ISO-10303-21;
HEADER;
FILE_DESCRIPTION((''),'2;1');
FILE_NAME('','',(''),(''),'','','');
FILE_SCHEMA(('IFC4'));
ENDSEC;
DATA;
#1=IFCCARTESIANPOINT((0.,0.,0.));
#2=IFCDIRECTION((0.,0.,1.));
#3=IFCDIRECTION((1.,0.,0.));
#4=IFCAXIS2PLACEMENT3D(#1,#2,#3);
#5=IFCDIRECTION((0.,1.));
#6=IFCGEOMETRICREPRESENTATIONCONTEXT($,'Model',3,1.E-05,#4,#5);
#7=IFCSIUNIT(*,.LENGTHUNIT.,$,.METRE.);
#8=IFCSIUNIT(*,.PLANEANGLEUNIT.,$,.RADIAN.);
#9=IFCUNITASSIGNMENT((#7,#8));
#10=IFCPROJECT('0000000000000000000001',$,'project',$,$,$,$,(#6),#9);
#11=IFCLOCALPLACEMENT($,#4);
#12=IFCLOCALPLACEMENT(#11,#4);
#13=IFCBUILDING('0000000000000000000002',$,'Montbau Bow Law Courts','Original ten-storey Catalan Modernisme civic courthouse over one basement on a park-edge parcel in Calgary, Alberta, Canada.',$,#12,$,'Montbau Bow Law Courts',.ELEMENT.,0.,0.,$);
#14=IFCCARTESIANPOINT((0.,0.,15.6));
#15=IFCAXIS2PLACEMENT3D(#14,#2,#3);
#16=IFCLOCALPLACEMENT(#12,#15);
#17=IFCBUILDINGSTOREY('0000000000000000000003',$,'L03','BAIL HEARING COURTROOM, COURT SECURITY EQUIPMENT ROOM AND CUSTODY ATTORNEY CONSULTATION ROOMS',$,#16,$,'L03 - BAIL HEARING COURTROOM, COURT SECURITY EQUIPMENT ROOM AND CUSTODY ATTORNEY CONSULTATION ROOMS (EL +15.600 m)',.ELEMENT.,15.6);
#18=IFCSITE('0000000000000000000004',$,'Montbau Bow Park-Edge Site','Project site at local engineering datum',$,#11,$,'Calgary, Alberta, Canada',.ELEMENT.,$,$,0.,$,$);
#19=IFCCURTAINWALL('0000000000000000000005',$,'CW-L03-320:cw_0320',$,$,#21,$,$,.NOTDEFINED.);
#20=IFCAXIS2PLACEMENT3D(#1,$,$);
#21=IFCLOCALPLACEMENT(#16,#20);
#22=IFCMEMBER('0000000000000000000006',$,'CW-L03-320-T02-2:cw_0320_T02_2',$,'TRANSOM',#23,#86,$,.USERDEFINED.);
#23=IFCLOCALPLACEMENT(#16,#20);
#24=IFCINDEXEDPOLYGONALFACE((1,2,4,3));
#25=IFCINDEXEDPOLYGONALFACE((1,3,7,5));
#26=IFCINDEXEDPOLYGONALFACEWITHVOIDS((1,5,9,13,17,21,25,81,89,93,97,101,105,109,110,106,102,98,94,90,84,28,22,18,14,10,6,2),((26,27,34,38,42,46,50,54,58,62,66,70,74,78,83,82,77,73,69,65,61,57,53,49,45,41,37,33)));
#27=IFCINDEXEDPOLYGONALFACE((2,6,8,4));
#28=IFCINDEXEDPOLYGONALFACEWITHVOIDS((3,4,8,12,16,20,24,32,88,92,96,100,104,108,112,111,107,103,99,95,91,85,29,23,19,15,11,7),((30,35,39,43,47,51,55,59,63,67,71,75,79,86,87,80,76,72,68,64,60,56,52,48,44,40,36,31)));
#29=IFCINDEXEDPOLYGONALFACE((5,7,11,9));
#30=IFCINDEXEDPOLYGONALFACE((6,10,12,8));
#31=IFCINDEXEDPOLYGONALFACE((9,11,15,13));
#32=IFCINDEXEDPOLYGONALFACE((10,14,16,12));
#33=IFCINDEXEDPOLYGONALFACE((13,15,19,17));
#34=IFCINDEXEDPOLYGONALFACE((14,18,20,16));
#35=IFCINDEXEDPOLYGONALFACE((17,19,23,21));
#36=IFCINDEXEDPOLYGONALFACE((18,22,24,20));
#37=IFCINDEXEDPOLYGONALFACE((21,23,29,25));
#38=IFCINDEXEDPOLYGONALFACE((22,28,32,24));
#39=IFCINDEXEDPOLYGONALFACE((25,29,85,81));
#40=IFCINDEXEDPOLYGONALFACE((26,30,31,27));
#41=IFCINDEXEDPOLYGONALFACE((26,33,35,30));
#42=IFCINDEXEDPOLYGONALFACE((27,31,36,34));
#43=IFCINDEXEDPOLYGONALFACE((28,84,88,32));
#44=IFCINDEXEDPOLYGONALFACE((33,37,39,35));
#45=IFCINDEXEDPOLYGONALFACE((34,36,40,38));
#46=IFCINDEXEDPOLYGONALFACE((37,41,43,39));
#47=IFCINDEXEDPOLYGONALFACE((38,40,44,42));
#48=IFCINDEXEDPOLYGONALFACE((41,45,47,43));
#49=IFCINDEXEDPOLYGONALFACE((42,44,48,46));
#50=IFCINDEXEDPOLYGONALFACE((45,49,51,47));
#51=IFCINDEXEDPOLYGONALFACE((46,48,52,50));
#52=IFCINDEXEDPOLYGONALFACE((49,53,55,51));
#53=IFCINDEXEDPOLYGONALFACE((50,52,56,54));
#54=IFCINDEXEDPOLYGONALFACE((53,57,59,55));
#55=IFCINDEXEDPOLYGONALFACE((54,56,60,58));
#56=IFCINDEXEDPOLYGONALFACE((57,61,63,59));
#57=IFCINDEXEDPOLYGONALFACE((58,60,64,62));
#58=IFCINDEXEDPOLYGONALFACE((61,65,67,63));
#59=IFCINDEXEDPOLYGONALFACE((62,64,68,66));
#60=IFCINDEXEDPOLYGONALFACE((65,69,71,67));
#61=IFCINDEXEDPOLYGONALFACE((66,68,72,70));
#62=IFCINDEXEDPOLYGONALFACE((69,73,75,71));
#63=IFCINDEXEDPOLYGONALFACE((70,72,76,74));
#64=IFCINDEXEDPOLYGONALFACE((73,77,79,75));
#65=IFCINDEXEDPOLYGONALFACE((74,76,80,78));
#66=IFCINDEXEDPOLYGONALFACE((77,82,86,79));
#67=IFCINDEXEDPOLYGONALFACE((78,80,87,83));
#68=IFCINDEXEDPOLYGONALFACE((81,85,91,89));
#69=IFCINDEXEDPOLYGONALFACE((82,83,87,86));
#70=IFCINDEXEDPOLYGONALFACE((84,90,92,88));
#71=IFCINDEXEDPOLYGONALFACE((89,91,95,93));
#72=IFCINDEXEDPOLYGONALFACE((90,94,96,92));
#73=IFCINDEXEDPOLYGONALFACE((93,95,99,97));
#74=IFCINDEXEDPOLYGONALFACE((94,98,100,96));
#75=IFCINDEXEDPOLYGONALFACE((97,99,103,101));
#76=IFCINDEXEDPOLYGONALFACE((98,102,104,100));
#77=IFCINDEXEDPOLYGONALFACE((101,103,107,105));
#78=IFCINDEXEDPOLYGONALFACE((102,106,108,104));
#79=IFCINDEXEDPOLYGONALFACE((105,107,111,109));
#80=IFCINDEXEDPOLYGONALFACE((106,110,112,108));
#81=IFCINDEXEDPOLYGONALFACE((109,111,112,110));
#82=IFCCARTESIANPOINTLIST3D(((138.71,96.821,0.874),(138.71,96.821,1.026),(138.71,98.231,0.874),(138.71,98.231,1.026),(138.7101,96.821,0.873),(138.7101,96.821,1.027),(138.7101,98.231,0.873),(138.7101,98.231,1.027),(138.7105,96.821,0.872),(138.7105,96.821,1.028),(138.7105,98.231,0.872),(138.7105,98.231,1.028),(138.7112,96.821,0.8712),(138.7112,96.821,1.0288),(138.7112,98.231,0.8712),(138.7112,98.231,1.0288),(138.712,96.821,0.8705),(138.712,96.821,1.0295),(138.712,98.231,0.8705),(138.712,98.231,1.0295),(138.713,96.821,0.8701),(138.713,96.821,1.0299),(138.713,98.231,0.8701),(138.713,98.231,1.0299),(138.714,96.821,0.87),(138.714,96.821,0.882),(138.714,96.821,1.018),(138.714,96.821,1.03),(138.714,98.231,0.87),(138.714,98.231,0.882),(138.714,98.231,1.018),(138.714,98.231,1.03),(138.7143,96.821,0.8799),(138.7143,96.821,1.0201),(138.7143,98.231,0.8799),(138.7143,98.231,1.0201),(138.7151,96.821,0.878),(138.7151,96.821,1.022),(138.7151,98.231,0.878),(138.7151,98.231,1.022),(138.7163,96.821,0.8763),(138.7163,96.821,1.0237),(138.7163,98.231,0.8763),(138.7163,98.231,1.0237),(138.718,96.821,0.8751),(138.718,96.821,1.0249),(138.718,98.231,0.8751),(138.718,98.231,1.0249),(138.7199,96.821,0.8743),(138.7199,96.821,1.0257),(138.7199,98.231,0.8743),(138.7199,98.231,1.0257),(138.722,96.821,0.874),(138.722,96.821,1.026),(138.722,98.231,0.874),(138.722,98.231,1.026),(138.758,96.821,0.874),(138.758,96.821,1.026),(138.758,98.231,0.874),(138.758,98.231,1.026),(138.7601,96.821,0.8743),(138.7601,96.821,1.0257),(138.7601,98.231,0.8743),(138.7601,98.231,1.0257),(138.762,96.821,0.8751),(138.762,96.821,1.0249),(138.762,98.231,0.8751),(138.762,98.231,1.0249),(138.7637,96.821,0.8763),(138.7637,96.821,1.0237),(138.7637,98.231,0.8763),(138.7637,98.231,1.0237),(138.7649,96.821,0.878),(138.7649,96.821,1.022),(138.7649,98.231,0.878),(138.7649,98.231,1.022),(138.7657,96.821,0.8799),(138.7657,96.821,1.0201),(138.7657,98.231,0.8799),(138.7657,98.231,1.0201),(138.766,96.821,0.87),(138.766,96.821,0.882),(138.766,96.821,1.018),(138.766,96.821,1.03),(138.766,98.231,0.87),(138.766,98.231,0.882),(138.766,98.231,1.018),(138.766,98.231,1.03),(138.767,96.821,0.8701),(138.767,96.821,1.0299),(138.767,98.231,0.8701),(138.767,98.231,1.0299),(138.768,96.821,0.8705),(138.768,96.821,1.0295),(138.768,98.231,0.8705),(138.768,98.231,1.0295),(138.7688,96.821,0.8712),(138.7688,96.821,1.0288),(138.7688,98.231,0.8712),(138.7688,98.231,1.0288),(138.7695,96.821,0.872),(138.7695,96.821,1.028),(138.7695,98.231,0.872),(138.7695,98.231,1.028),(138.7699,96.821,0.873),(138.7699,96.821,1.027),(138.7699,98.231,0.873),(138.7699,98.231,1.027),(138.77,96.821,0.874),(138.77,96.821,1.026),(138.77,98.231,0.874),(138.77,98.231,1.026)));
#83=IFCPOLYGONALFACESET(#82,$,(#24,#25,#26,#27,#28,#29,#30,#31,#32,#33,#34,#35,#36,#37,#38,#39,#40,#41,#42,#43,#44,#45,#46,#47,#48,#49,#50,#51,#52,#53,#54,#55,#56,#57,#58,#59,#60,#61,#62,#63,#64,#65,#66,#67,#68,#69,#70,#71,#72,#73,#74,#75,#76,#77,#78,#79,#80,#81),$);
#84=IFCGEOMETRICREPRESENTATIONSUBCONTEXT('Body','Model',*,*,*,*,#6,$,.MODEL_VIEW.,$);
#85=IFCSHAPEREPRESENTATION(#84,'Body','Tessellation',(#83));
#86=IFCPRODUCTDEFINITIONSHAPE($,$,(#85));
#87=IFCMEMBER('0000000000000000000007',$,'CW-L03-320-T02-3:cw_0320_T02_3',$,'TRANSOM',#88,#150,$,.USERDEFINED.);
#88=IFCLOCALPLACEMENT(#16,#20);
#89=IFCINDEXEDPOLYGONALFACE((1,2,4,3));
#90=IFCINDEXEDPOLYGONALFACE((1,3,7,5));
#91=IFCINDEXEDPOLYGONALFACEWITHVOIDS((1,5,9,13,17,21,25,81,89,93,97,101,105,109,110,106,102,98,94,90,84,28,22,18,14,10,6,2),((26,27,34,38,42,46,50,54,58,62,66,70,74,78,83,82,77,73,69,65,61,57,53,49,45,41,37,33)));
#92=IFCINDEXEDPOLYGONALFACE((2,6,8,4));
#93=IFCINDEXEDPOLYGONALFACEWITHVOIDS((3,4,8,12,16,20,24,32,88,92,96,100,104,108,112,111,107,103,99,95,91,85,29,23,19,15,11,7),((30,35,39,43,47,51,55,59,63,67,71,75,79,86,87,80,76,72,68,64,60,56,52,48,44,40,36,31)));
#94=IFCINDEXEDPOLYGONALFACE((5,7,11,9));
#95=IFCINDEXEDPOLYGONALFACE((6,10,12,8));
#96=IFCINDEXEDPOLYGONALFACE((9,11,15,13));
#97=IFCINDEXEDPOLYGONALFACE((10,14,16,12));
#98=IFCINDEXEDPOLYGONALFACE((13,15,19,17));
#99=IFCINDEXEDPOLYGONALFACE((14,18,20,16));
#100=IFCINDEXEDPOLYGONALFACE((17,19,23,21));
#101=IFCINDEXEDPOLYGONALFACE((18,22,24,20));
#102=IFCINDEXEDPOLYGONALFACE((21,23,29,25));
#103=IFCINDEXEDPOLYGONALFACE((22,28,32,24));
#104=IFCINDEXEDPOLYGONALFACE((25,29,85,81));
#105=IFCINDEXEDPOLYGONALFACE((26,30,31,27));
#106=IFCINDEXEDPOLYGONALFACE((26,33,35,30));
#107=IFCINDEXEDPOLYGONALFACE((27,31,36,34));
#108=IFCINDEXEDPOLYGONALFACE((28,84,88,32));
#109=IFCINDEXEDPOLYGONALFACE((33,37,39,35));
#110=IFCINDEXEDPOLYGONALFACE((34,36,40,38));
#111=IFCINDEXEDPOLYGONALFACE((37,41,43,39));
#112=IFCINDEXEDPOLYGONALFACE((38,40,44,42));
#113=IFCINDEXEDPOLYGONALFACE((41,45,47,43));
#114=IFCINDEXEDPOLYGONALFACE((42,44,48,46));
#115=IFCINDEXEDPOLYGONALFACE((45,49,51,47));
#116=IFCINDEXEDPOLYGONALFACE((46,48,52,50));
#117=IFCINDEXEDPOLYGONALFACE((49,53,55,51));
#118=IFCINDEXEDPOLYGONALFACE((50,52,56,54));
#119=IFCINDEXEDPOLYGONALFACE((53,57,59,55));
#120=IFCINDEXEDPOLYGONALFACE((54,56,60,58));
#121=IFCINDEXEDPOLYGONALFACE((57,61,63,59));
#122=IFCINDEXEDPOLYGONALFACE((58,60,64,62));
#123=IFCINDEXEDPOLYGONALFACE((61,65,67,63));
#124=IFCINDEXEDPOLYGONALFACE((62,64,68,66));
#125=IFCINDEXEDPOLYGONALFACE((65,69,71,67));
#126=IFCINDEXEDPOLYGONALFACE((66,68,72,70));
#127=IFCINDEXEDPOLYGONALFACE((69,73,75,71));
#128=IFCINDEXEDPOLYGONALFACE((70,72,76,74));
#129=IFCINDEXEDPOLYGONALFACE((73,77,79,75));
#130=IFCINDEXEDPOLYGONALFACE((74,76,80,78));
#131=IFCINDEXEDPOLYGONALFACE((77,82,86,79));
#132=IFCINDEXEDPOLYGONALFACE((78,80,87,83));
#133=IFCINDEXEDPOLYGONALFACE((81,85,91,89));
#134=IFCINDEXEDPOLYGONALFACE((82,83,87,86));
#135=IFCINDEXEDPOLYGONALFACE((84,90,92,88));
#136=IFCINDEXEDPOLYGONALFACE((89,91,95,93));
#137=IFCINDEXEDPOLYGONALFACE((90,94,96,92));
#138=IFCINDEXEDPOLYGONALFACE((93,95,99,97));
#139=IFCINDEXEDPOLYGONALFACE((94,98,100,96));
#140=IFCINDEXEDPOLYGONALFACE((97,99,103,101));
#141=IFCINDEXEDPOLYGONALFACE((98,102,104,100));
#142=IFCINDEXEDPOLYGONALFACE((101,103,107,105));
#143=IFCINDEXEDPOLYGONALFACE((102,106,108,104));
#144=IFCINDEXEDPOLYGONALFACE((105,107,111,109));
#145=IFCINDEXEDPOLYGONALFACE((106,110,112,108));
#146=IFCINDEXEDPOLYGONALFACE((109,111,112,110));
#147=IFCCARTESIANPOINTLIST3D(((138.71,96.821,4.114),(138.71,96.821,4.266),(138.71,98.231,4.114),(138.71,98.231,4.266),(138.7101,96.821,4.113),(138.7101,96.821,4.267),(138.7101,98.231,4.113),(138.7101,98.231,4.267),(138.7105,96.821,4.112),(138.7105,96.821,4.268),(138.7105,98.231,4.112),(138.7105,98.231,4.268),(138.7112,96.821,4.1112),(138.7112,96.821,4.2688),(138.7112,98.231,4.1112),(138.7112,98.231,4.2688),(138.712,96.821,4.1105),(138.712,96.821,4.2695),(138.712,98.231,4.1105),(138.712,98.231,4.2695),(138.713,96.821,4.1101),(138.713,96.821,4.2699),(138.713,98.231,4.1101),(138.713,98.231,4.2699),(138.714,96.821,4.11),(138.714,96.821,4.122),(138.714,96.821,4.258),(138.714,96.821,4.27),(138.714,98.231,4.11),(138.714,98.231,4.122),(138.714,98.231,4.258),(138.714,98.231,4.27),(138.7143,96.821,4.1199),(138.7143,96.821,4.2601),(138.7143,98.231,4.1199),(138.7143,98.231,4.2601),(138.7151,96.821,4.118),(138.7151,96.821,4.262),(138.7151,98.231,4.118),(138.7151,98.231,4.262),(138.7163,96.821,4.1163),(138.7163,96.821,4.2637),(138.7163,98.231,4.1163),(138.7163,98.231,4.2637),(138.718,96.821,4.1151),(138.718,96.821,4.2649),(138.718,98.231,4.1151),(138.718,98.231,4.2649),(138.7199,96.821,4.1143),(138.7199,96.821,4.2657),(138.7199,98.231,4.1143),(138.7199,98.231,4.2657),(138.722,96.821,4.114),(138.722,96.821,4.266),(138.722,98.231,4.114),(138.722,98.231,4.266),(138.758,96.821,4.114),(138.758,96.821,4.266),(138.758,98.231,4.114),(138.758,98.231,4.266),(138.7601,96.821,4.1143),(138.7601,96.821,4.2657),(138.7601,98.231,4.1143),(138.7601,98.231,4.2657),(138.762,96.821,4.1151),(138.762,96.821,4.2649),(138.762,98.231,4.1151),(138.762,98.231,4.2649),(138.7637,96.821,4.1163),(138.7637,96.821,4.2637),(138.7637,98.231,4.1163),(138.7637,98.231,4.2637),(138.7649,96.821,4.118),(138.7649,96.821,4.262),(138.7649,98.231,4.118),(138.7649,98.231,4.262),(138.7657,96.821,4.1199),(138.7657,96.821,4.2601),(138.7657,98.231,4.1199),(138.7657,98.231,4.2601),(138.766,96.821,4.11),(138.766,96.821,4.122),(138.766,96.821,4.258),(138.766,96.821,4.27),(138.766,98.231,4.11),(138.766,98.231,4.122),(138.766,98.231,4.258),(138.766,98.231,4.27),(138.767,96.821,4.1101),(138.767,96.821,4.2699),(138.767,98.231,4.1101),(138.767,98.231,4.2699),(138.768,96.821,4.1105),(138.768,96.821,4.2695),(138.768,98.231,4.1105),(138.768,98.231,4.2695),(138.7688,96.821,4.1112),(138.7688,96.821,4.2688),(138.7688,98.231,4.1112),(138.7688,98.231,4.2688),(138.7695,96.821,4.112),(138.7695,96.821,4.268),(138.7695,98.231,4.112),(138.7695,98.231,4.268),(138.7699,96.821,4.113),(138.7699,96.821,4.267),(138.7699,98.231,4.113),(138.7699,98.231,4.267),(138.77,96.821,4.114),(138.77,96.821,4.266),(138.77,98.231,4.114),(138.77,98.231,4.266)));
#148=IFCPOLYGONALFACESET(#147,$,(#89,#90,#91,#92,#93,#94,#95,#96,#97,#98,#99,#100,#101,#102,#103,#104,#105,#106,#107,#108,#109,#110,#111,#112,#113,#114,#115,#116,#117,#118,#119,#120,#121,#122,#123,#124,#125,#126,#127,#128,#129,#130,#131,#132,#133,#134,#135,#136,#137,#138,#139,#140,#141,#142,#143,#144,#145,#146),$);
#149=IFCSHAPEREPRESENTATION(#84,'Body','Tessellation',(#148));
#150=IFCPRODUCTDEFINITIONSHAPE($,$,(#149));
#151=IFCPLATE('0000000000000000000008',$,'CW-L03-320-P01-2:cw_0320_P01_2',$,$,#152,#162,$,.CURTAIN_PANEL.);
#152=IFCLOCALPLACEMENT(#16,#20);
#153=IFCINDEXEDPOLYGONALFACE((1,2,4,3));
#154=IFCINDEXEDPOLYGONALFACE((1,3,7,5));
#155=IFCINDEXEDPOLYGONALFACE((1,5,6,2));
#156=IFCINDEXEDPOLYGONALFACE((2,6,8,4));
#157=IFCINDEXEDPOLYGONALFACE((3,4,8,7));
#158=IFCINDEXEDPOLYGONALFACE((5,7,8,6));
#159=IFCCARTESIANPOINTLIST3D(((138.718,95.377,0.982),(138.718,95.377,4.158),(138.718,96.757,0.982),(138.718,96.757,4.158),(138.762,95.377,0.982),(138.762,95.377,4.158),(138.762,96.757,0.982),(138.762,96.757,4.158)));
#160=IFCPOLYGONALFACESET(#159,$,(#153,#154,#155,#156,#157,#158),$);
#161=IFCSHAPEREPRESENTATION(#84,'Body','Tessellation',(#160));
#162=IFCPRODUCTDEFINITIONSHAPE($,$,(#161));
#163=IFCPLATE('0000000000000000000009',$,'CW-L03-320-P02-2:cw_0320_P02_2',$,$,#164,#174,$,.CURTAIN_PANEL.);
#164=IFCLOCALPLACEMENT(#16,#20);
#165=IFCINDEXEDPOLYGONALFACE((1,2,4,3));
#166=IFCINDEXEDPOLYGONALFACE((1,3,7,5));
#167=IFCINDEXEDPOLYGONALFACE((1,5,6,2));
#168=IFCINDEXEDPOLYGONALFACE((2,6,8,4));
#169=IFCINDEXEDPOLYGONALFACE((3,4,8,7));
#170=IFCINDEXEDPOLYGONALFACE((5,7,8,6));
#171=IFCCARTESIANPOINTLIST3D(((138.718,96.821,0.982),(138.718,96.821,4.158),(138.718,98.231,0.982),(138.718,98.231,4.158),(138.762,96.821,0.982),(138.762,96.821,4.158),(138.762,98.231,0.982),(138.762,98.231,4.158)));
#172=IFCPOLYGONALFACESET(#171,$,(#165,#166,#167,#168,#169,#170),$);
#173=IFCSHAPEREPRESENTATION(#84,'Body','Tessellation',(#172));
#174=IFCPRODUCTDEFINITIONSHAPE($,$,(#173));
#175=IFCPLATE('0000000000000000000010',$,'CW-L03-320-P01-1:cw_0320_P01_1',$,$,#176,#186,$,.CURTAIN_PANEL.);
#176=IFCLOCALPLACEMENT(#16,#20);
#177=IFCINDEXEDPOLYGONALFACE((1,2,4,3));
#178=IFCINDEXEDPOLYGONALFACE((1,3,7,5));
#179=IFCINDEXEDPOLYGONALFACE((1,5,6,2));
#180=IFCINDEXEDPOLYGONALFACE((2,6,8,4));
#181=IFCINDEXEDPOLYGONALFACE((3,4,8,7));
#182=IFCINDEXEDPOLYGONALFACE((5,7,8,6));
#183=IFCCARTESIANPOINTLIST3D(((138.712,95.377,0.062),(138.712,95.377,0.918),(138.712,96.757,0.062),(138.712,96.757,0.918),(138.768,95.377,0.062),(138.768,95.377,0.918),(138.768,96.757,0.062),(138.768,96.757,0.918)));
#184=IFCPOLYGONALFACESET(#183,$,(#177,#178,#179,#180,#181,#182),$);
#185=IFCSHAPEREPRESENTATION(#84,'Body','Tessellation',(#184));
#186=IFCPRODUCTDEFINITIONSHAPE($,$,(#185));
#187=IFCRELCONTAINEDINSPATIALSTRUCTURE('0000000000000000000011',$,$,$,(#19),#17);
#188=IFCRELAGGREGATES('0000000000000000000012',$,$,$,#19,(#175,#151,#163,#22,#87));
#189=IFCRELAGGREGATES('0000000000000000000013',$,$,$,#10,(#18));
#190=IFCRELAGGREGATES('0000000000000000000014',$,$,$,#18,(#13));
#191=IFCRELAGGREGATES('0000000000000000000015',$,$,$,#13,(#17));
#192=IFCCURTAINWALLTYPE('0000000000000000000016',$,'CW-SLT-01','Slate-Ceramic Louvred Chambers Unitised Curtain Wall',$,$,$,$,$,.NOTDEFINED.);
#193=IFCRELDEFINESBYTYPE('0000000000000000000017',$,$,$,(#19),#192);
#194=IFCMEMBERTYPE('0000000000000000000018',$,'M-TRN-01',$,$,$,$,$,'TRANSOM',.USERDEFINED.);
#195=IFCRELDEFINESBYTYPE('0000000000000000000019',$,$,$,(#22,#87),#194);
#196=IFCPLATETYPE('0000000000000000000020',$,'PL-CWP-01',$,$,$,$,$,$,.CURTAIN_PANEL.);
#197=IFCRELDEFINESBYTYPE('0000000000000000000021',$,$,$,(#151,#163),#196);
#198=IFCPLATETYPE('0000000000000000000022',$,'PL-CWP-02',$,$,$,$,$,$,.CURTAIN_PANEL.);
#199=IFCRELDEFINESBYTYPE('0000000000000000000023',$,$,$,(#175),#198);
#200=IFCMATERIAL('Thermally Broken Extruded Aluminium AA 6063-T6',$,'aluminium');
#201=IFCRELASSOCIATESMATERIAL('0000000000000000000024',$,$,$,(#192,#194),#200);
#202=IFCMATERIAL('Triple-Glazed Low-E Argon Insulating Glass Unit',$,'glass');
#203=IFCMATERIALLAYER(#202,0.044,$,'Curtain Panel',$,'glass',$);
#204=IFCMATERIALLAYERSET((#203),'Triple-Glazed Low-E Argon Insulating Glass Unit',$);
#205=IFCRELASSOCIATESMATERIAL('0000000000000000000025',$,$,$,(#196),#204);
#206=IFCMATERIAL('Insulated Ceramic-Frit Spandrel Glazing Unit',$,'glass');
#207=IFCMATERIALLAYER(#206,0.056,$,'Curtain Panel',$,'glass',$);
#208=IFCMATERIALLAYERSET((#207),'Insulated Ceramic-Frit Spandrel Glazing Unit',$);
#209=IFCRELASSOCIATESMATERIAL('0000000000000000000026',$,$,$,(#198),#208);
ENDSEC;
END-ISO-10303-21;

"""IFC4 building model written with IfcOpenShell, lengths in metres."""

from ifc_helpers import new_model, si_unit, direction, frame, frame_2d, origin_with_axes, origin_2d_with_axis, place, context, subcontext, project, spatial, rectangle, hollow_rectangle, extrude, material, layer, layer_set, material_profile, profile_set, type_object, element, aggregate, save


model = new_model("IFC4")

# Units and contexts
model_context = context("Model", 3, precision=1e-05, world=origin_with_axes(), true_north=direction((0.0, 1.0)))
body_context = subcontext(model_context, "Body", "Model", "MODEL_VIEW")
ifc_project = project(units=[si_unit("LENGTHUNIT", "METRE"), si_unit("PLANEANGLEUNIT", "RADIAN")], contexts=[model_context])

# Site, building, storey
site_placement = place(None, origin_with_axes())
site = spatial("IfcSite", under=ifc_project, at=site_placement, Name="Montbau Bow Park-Edge Site", Description="Project site at local engineering datum", LongName="Calgary, Alberta, Canada", CompositionType="ELEMENT", RefElevation=0.0)
building_placement = place(site_placement, origin_with_axes())
building = spatial("IfcBuilding", under=site, at=building_placement, Name="Montbau Bow Law Courts", Description="Original ten-storey Catalan Modernisme civic courthouse over one basement on a park-edge parcel in Calgary, Alberta, Canada.", LongName="Montbau Bow Law Courts", CompositionType="ELEMENT", ElevationOfRefHeight=0.0, ElevationOfTerrain=0.0)
storey_placement = place(building_placement, frame((0.0, 0.0, 15.6), z_axis=(0.0, 0.0, 1.0), x_axis=(1.0, 0.0, 0.0)))
storey = spatial("IfcBuildingStorey", under=building, at=storey_placement, Name="L03", Description="BAIL HEARING COURTROOM, COURT SECURITY EQUIPMENT ROOM AND CUSTODY ATTORNEY CONSULTATION ROOMS", LongName="L03 - BAIL HEARING COURTROOM, COURT SECURITY EQUIPMENT ROOM AND CUSTODY ATTORNEY CONSULTATION ROOMS (EL +15.600 m)", CompositionType="ELEMENT", Elevation=15.6)

# Shared definitions
ifc_material_1 = material(Name="Thermally Broken Extruded Aluminium AA 6063-T6", Category="aluminium")
curtain_wall_type = type_object("IfcCurtainWallType", Name="CW-SLT-01", Description="Slate-Ceramic Louvred Chambers Unitised Curtain Wall", PredefinedType="NOTDEFINED", material=ifc_material_1)

# Curtain wall, members, plates
curtain_wall_1_placement = place(None, frame((138.74, 95.315, 15.6), z_axis=(0.0, 0.0, 1.0), x_axis=(1.0, 0.0, 0.0)))
curtain_wall_1 = element("IfcCurtainWall", 1, at=curtain_wall_1_placement, inside=storey, type_object=curtain_wall_type, Name="CW-L03-320:cw_0320", PredefinedType="NOTDEFINED")
ifc_material_profile_1 = material_profile(ifc_material_1, hollow_rectangle(XDim=0.06, YDim=0.16, WallThickness=0.004, InnerFilletRadius=0.008, OuterFilletRadius=0.004, at=origin_2d_with_axis()), Name="CWT-160X60", Category="Main", Priority=0)
ifc_profile_set_1 = profile_set([ifc_material_profile_1], Name="Thermally Broken Extruded Aluminium AA 6063-T6")
member_type_1 = type_object("IfcMemberType", Name="M-TRN-01", ElementType="TRANSOM", PredefinedType="USERDEFINED", material=ifc_profile_set_1)
member_1_placement = place(None, frame((138.74, 96.821, 16.55), z_axis=(0.0, 1.0, 0.0), x_axis=(-1.0, 0.0, 0.0)))
member_1 = element("IfcMember", 2, at=member_1_placement, type_object=member_type_1, Name="CW-L03-320-T02-2:cw_0320_T02_2", ObjectType="TRANSOM", PredefinedType="USERDEFINED", context=body_context, shape_type="SweptSolid", body=[
    extrude(hollow_rectangle(XDim=0.06, YDim=0.16, WallThickness=0.004, InnerFilletRadius=0.008, OuterFilletRadius=0.004, at=origin_2d_with_axis()), origin_with_axes(), (0.0, 0.0, 1.0), 1.41),
])
member_2_placement = place(None, frame((138.74, 96.821, 19.79), z_axis=(0.0, 1.0, 0.0), x_axis=(-1.0, 0.0, 0.0)))
member_2 = element("IfcMember", 3, at=member_2_placement, type_object=member_type_1, Name="CW-L03-320-T02-3:cw_0320_T02_3", ObjectType="TRANSOM", PredefinedType="USERDEFINED", context=body_context, shape_type="SweptSolid", body=[
    extrude(hollow_rectangle(XDim=0.06, YDim=0.16, WallThickness=0.004, InnerFilletRadius=0.008, OuterFilletRadius=0.004, at=origin_2d_with_axis()), origin_with_axes(), (0.0, 0.0, 1.0), 1.41),
])
ifc_material_2 = material(Name="Triple-Glazed Low-E Argon Insulating Glass Unit", Category="glass")
ifc_layer_1 = layer(ifc_material_2, 0.044, Name="Curtain Panel", Category="glass")
ifc_layer_set_1 = layer_set([ifc_layer_1], Name="Triple-Glazed Low-E Argon Insulating Glass Unit")
plate_type_1 = type_object("IfcPlateType", Name="PL-CWP-01", PredefinedType="CURTAIN_PANEL", material=ifc_layer_set_1)
plate_1_placement = place(None, frame((138.74, 95.377, 16.582), z_axis=(1.0, 0.0, 0.0), x_axis=(0.0, 1.0, 0.0)))
plate_1 = element("IfcPlate", 4, at=plate_1_placement, type_object=plate_type_1, Name="CW-L03-320-P01-2:cw_0320_P01_2", PredefinedType="CURTAIN_PANEL", context=body_context, shape_type="SweptSolid", body=[
    extrude(rectangle(XDim=1.38, YDim=3.176, at=frame_2d((0.69, 1.588), x_axis=(1.0, 0.0))), frame((0.0, 0.0, -0.022), z_axis=(0.0, 0.0, 1.0), x_axis=(1.0, 0.0, 0.0)), (0.0, 0.0, 1.0), 0.044),
])
plate_2_placement = place(None, frame((138.74, 96.821, 16.582), z_axis=(1.0, 0.0, 0.0), x_axis=(0.0, 1.0, 0.0)))
plate_2 = element("IfcPlate", 5, at=plate_2_placement, type_object=plate_type_1, Name="CW-L03-320-P02-2:cw_0320_P02_2", PredefinedType="CURTAIN_PANEL", context=body_context, shape_type="SweptSolid", body=[
    extrude(rectangle(XDim=1.41, YDim=3.176, at=frame_2d((0.705, 1.588), x_axis=(1.0, 0.0))), frame((0.0, 0.0, -0.022), z_axis=(0.0, 0.0, 1.0), x_axis=(1.0, 0.0, 0.0)), (0.0, 0.0, 1.0), 0.044),
])
ifc_material_3 = material(Name="Insulated Ceramic-Frit Spandrel Glazing Unit", Category="glass")
ifc_layer_2 = layer(ifc_material_3, 0.056, Name="Curtain Panel", Category="glass")
ifc_layer_set_2 = layer_set([ifc_layer_2], Name="Insulated Ceramic-Frit Spandrel Glazing Unit")
plate_type_2 = type_object("IfcPlateType", Name="PL-CWP-02", PredefinedType="CURTAIN_PANEL", material=ifc_layer_set_2)
plate_3_placement = place(None, frame((138.74, 95.377, 15.662), z_axis=(1.0, 0.0, 0.0), x_axis=(0.0, 1.0, 0.0)))
plate_3 = element("IfcPlate", 6, at=plate_3_placement, type_object=plate_type_2, Name="CW-L03-320-P01-1:cw_0320_P01_1", PredefinedType="CURTAIN_PANEL", context=body_context, shape_type="SweptSolid", body=[
    extrude(rectangle(XDim=1.38, YDim=0.856, at=frame_2d((0.69, 0.428), x_axis=(1.0, 0.0))), frame((0.0, 0.0, -0.028), z_axis=(0.0, 0.0, 1.0), x_axis=(1.0, 0.0, 0.0)), (0.0, 0.0, 1.0), 0.056),
])
aggregate(curtain_wall_1, [plate_3, plate_1, plate_2, member_1, member_2])

save(model, "model.ifc")
